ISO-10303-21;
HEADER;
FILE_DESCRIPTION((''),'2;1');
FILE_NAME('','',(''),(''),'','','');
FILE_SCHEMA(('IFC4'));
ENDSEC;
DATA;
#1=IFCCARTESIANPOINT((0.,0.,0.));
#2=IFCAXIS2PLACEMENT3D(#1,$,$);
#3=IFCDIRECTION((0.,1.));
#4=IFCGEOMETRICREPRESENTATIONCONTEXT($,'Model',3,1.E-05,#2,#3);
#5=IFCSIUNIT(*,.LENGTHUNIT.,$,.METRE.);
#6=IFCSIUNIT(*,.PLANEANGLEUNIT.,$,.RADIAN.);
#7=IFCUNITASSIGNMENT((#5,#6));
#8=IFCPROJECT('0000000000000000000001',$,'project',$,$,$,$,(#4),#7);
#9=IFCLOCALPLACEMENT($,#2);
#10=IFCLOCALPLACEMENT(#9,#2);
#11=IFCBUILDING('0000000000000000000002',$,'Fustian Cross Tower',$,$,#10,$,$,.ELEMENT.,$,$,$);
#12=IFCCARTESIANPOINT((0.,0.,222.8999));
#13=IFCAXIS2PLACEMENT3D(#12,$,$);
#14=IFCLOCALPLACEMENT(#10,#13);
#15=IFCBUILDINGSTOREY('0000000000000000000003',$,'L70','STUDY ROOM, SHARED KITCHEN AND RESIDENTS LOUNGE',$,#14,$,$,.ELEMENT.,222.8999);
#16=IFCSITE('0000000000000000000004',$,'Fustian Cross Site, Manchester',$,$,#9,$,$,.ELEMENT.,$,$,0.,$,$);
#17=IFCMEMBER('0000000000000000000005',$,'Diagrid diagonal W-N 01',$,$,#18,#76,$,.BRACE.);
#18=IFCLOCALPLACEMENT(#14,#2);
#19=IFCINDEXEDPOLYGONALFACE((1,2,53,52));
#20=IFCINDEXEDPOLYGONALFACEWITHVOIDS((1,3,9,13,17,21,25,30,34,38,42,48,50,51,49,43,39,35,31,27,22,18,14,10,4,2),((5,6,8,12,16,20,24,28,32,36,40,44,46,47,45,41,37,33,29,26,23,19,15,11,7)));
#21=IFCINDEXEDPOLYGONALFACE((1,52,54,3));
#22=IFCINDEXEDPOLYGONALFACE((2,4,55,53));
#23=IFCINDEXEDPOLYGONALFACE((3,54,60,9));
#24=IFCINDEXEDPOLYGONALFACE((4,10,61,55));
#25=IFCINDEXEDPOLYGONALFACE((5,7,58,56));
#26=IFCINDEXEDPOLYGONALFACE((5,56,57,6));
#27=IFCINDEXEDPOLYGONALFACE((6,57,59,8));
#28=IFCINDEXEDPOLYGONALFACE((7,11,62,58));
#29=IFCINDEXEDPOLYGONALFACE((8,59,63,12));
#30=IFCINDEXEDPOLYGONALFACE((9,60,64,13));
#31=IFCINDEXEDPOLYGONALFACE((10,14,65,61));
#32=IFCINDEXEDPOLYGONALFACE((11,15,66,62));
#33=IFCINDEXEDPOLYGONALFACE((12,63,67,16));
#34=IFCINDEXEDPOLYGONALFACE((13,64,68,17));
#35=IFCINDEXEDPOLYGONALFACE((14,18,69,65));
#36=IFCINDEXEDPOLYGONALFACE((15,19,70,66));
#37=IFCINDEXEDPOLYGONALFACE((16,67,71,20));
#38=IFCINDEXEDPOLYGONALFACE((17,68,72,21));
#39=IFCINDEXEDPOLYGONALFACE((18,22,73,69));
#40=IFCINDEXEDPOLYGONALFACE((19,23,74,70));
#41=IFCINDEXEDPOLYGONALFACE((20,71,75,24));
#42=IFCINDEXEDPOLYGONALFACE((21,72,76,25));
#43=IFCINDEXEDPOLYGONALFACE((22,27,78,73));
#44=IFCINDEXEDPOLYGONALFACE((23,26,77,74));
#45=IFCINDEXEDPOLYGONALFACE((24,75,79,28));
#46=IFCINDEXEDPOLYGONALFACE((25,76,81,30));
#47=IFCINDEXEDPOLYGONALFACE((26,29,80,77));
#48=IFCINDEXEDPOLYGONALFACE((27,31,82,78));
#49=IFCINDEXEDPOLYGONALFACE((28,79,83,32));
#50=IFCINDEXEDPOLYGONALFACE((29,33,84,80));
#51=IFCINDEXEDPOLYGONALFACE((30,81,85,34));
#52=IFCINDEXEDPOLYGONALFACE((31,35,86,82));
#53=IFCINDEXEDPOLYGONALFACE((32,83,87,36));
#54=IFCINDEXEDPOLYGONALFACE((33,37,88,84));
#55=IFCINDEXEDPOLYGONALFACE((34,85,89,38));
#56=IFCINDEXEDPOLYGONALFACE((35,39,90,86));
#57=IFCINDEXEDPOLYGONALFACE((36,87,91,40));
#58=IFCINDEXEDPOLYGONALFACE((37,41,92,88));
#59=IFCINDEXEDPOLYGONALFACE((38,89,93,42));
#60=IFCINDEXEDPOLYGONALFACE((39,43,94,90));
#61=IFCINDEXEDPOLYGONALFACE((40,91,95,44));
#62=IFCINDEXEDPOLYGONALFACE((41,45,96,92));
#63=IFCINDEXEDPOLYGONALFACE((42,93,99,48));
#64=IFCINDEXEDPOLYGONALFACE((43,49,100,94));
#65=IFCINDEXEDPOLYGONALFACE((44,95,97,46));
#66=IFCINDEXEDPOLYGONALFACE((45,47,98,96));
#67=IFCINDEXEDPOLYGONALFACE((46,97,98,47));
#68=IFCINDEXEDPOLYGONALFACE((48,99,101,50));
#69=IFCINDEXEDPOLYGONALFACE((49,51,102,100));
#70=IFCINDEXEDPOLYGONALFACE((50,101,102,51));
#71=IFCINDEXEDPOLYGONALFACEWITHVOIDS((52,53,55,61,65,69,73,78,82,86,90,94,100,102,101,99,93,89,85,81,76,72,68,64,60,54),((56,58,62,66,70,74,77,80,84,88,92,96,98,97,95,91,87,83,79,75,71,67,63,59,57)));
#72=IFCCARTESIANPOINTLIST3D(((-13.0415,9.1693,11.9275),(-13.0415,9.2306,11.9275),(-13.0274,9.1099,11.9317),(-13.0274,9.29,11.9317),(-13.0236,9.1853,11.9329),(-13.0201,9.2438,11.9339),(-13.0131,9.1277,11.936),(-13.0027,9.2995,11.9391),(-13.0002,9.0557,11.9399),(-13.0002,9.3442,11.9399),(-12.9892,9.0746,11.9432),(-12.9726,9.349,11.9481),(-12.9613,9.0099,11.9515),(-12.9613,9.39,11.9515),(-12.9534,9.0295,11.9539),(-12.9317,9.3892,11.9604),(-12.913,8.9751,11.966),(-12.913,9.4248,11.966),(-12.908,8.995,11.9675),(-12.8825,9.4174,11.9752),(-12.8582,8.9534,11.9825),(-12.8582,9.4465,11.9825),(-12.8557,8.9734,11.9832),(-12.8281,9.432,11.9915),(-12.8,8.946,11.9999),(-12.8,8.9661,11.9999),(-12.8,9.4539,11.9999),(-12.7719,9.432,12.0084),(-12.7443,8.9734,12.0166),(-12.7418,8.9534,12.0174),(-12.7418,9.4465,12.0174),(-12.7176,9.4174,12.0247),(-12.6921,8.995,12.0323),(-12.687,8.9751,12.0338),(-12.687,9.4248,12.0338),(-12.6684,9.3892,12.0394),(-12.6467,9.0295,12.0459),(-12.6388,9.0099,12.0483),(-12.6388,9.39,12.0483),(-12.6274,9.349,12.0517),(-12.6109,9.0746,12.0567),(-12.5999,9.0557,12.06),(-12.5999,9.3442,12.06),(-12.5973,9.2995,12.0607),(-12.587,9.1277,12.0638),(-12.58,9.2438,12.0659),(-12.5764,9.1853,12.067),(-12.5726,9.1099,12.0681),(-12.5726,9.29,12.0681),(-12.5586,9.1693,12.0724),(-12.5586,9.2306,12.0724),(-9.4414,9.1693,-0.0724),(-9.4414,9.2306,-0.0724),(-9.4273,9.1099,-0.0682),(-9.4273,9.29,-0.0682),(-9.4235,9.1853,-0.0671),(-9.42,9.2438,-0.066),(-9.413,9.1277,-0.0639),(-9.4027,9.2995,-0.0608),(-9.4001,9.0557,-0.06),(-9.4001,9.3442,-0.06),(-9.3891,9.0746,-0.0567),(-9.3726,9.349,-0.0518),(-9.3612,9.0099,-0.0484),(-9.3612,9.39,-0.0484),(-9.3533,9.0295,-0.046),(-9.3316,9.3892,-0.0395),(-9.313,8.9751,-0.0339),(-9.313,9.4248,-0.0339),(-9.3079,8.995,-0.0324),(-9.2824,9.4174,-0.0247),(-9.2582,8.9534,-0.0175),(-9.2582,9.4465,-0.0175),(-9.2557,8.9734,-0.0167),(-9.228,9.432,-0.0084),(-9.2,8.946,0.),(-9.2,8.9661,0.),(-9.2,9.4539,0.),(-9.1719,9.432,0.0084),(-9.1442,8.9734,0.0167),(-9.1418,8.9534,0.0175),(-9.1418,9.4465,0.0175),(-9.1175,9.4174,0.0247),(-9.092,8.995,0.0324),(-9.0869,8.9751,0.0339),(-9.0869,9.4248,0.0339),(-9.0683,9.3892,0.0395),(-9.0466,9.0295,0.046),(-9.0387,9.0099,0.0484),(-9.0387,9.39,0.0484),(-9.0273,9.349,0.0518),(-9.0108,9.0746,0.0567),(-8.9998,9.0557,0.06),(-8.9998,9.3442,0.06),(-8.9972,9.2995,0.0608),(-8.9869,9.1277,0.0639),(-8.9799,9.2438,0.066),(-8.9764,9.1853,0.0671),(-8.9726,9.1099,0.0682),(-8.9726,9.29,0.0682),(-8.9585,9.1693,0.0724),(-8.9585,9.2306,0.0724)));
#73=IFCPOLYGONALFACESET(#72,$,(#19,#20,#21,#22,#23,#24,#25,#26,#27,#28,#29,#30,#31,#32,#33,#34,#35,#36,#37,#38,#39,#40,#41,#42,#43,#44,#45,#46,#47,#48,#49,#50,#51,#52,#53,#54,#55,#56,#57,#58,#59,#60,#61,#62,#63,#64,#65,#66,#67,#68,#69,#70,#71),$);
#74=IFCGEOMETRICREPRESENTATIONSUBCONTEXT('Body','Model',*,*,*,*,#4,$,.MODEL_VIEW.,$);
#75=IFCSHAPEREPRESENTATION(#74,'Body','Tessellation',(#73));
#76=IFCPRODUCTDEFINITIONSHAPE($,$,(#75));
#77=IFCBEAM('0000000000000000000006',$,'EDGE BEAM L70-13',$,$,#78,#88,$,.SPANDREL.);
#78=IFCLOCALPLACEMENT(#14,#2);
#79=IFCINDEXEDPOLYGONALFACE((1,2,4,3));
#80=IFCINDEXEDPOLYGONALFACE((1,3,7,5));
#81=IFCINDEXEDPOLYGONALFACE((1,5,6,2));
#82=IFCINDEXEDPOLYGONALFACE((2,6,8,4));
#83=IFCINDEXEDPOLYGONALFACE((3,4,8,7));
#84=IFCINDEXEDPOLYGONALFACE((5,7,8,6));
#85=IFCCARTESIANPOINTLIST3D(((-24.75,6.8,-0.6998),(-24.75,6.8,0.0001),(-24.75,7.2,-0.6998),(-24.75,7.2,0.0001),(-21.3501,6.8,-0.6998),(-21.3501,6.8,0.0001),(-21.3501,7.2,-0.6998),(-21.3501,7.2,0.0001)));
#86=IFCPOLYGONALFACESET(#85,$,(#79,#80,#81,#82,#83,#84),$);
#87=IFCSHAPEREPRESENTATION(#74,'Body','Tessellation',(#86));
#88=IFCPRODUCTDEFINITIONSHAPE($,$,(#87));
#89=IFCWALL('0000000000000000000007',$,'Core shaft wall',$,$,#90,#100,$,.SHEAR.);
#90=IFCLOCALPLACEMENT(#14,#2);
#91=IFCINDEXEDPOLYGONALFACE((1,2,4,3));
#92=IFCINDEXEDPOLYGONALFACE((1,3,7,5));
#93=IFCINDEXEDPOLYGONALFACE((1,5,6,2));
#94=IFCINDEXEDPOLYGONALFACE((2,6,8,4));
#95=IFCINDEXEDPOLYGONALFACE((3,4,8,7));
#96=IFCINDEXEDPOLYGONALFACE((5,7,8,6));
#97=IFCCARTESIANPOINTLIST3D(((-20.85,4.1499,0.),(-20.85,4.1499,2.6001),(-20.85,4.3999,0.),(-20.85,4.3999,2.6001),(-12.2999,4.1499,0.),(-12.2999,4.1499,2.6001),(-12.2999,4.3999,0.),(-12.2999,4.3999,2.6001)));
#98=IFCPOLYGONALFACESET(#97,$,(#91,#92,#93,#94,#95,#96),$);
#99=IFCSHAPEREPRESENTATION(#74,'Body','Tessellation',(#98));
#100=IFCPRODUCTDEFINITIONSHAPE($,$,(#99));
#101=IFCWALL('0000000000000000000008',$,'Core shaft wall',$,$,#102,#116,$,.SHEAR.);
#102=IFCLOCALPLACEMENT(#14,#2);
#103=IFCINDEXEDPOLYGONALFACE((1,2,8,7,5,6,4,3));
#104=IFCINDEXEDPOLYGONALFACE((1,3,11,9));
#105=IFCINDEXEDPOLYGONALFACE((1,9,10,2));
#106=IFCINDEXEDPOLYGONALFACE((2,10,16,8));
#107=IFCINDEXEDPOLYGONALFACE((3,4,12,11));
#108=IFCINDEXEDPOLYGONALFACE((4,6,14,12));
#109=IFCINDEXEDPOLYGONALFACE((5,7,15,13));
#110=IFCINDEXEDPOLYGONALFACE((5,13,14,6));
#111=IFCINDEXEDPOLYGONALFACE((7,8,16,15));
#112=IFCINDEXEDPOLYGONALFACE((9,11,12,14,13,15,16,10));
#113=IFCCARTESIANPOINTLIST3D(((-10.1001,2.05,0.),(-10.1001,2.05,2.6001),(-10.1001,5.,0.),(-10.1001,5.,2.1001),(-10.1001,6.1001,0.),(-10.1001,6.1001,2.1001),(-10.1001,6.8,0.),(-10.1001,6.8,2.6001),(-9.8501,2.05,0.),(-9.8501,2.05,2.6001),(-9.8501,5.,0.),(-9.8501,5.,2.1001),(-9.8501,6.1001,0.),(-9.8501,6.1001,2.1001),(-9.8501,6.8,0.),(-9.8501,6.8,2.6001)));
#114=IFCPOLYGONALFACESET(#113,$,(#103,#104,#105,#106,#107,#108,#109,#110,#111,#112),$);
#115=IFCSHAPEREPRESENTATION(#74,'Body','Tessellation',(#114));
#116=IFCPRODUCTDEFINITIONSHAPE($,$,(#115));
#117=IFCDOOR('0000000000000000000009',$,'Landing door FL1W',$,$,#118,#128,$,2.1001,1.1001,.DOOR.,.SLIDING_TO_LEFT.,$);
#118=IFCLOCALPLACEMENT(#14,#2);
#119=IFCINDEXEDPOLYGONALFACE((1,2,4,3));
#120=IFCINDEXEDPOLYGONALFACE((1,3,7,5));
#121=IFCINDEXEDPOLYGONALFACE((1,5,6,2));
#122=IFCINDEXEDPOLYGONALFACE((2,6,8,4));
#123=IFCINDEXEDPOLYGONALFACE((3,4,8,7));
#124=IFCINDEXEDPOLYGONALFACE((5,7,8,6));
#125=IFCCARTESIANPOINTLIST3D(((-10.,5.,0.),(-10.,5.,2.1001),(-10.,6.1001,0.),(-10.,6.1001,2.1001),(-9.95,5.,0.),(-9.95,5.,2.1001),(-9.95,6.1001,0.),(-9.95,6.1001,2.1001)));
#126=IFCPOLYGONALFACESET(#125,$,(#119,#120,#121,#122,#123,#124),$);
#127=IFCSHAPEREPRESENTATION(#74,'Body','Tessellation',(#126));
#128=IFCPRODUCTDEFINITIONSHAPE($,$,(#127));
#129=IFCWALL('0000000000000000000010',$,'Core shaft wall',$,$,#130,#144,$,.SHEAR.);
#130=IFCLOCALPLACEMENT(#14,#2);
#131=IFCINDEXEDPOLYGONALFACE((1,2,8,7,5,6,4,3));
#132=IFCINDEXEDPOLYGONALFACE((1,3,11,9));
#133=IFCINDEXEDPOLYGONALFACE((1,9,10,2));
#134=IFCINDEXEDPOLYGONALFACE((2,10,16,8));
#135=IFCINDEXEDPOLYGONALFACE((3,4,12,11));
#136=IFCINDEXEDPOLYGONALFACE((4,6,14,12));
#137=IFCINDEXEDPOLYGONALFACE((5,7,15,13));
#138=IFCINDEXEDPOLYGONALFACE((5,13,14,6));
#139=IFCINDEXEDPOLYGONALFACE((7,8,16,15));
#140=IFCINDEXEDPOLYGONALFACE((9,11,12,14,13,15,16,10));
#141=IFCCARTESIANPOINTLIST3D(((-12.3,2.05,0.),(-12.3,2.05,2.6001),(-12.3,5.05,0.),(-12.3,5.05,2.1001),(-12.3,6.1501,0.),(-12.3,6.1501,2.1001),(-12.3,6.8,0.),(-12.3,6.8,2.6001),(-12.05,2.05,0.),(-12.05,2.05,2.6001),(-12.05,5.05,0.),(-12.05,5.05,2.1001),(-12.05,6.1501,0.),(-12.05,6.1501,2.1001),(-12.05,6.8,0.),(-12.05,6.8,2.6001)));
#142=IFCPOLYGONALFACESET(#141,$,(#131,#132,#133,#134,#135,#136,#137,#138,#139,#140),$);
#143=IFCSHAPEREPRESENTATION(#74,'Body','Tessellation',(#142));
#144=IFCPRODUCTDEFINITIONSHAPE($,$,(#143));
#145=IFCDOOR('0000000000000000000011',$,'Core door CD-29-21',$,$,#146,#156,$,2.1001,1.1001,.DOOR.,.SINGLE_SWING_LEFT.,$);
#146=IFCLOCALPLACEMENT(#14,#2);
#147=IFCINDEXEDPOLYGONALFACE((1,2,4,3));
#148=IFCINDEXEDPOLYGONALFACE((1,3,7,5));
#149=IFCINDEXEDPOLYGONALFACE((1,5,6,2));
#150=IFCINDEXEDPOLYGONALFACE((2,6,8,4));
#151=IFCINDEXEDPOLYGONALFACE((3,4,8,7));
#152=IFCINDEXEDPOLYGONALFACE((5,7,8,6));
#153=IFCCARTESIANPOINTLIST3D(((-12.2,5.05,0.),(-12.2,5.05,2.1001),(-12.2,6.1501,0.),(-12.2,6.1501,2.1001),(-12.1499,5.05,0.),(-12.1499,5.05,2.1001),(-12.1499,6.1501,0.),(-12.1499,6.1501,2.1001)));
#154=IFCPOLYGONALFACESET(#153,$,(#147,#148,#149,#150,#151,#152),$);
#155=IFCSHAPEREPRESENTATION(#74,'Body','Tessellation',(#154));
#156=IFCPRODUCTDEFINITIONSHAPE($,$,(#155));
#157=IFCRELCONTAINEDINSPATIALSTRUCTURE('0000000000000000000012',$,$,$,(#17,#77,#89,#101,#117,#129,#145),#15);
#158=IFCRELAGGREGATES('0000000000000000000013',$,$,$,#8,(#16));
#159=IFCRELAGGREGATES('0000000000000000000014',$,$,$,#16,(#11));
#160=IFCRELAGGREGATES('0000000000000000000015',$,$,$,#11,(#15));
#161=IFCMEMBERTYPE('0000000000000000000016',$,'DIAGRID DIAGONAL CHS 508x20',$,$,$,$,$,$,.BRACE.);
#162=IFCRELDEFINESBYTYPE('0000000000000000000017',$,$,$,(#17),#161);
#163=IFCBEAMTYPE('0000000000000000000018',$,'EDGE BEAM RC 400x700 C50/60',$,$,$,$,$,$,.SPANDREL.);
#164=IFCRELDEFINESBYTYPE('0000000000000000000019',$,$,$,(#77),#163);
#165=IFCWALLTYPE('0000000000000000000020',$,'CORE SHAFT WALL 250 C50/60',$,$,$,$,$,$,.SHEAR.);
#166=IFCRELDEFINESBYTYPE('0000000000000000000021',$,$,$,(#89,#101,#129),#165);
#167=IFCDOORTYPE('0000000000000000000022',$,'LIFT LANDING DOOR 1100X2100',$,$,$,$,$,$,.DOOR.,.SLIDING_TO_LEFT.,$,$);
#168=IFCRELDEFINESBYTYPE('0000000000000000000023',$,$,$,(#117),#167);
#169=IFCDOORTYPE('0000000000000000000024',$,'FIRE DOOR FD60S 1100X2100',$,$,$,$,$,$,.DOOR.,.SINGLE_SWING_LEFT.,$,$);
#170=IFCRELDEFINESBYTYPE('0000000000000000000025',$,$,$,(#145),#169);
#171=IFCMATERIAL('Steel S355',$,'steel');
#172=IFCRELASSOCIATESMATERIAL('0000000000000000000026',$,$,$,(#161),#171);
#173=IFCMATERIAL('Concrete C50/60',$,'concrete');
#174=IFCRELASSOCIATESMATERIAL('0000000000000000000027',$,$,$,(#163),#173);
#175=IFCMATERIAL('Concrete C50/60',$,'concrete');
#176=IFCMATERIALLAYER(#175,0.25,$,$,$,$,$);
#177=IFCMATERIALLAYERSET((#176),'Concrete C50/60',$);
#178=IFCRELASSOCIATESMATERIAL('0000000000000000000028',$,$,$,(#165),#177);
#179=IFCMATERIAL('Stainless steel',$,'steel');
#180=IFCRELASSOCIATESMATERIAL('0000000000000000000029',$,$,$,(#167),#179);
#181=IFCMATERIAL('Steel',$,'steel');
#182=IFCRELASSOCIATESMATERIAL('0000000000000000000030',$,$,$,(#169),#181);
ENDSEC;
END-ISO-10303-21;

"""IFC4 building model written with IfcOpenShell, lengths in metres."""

from ifc_helpers import new_model, si_unit, direction, frame, frame_2d, origin, origin_2d, place, context, subcontext, project, spatial, rectangle, hollow_circle, extrude, material, layer, layer_set, material_profile, profile_set, type_object, element, fill, save


model = new_model("IFC4")

# Units and contexts
model_context = context("Model", 3, precision=1e-05, world=origin(), true_north=direction((0.0, 1.0)))
body_context = subcontext(model_context, "Body", "Model", "MODEL_VIEW")
ifc_project = project(units=[si_unit("LENGTHUNIT", "METRE"), si_unit("PLANEANGLEUNIT", "RADIAN")], contexts=[model_context])

# Site, building, storey
site_placement = place(None, origin())
site = spatial("IfcSite", under=ifc_project, at=site_placement, Name="Fustian Cross Site, Manchester", CompositionType="ELEMENT", RefElevation=0.0)
building_placement = place(site_placement, origin())
building = spatial("IfcBuilding", under=site, at=building_placement, Name="Fustian Cross Tower", CompositionType="ELEMENT")
storey_placement = place(building_placement, frame((0.0, 0.0, 222.8999)))
storey = spatial("IfcBuildingStorey", under=building, at=storey_placement, Name="L70", Description="STUDY ROOM, SHARED KITCHEN AND RESIDENTS LOUNGE", CompositionType="ELEMENT", Elevation=222.8999)

# Member
ifc_material_1 = material(Name="Steel S355", Category="steel")
ifc_material_profile_1 = material_profile(ifc_material_1, hollow_circle(Radius=0.2539, WallThickness=0.02, at=origin_2d()), Name="CHS 508x20")
ifc_profile_set_1 = profile_set([ifc_material_profile_1], Name="Steel S355")
member_type_1 = type_object("IfcMemberType", Name="DIAGRID DIAGONAL CHS 508x20", PredefinedType="BRACE", material=ifc_profile_set_1)
for number, where, z_axis, x_axis, name in (
    (1, (-9.2, 9.2, 0.0), (-0.287355, 0.0, 0.957824), (0.0, -1.0, 0.0), "Diagrid diagonal W-N 01"),
):
    element("IfcMember", number, at=place(storey_placement, frame(where, z_axis=z_axis, x_axis=x_axis)), inside=storey, type_object=member_type_1, Name=name, PredefinedType="BRACE", context=body_context, shape_type="SweptSolid", body=[
        extrude(hollow_circle(Radius=0.2539, WallThickness=0.02, at=origin_2d()), origin(), (0.0, 0.0, 1.0), 12.5283),
    ])

# Beam
ifc_material_2 = material(Name="Concrete C50/60", Category="concrete")
ifc_material_profile_2 = material_profile(ifc_material_2, rectangle(XDim=0.3999, YDim=0.7, at=origin_2d()), Name="RC 400x700")
ifc_profile_set_2 = profile_set([ifc_material_profile_2], Name="Concrete C50/60")
beam_type = type_object("IfcBeamType", Name="EDGE BEAM RC 400x700 C50/60", PredefinedType="SPANDREL", material=ifc_profile_set_2)
beam_placement = place(storey_placement, frame((-21.3501, 7.0, -0.3499), z_axis=(-1.0, 0.0, 0.0), x_axis=(0.0, -1.0, 0.0)))
element("IfcBeam", 2, at=beam_placement, inside=storey, type_object=beam_type, Name="EDGE BEAM L70-13", PredefinedType="SPANDREL", context=body_context, shape_type="SweptSolid", body=[
    extrude(rectangle(XDim=0.3999, YDim=0.7, at=origin_2d()), origin(), (0.0, 0.0, 1.0), 3.3999),
])

# Wall
ifc_material_3 = material(Name="Concrete C50/60", Category="concrete")
ifc_layer_1 = layer(ifc_material_3, 0.25)
ifc_layer_set_1 = layer_set([ifc_layer_1], Name="Concrete C50/60")
wall_type_1 = type_object("IfcWallType", Name="CORE SHAFT WALL 250 C50/60", PredefinedType="SHEAR", material=ifc_layer_set_1)
wall_1_placement = place(storey_placement, frame((-12.3, 4.2749, 0.0), z_axis=(0.0, 0.0, 1.0), x_axis=(-1.0, 0.0, 0.0)))
element("IfcWall", 3, at=wall_1_placement, inside=storey, type_object=wall_type_1, Name="Core shaft wall", PredefinedType="SHEAR", context=body_context, shape_type="SweptSolid", body=[
    extrude(rectangle(XDim=8.55, YDim=0.25, at=frame_2d((4.2749, 0.0))), origin(), (0.0, 0.0, 1.0), 2.6001),
])

# Walls, openings, doors
wall_2_placement = place(storey_placement, frame((-9.9751, 2.05, 0.0), z_axis=(0.0, 0.0, 1.0), x_axis=(0.0, 1.0, 0.0)))
wall_2 = element("IfcWall", 4, at=wall_2_placement, inside=storey, type_object=wall_type_1, Name="Core shaft wall", PredefinedType="SHEAR", context=body_context, shape_type="SweptSolid", body=[
    extrude(rectangle(XDim=4.75, YDim=0.25, at=frame_2d((2.375, 0.0))), origin(), (0.0, 0.0, 1.0), 2.6001),
])
opening_1_placement = place(wall_2_placement, frame((2.95, 0.0, 0.0)))
opening_1 = element("IfcOpeningElement", 5, at=opening_1_placement, cuts=wall_2, PredefinedType="OPENING", context=body_context, shape_type="SweptSolid", body=[
    extrude(rectangle(XDim=1.1001, YDim=2.1001, at=frame_2d((0.55, 1.05))), frame((0.0, 0.135, 0.0), z_axis=(0.0, -1.0, 0.0), x_axis=(1.0, 0.0, 0.0)), (0.0, 0.0, 1.0), 0.27),
])
ifc_material_4 = material(Name="Stainless steel", Category="steel")
door_type_1 = type_object("IfcDoorType", Name="LIFT LANDING DOOR 1100X2100", OperationType="SLIDING_TO_LEFT", PredefinedType="DOOR", material=ifc_material_4)
door_1_placement = place(opening_1_placement, origin())
door_1 = element("IfcDoor", 6, at=door_1_placement, inside=storey, type_object=door_type_1, Name="Landing door FL1W", OperationType="SLIDING_TO_LEFT", OverallHeight=2.1001, OverallWidth=1.1001, PredefinedType="DOOR", context=body_context, shape_type="SweptSolid", body=[
    extrude(rectangle(XDim=1.1001, YDim=2.1001, at=frame_2d((0.55, 1.05))), frame((0.0, 0.0249, 0.0), z_axis=(0.0, -1.0, 0.0), x_axis=(1.0, 0.0, 0.0)), (0.0, 0.0, 1.0), 0.05),
])
fill(opening_1, door_1)
wall_3_placement = place(storey_placement, frame((-12.175, 2.05, 0.0), z_axis=(0.0, 0.0, 1.0), x_axis=(0.0, 1.0, 0.0)))
wall_3 = element("IfcWall", 7, at=wall_3_placement, inside=storey, type_object=wall_type_1, Name="Core shaft wall", PredefinedType="SHEAR", context=body_context, shape_type="SweptSolid", body=[
    extrude(rectangle(XDim=4.75, YDim=0.25, at=frame_2d((2.375, 0.0))), origin(), (0.0, 0.0, 1.0), 2.6001),
])
opening_2_placement = place(wall_3_placement, frame((3.0, 0.0, 0.0)))
opening_2 = element("IfcOpeningElement", 8, at=opening_2_placement, cuts=wall_3, PredefinedType="OPENING", context=body_context, shape_type="SweptSolid", body=[
    extrude(rectangle(XDim=1.1001, YDim=2.1001, at=frame_2d((0.55, 1.05))), frame((0.0, 0.135, 0.0), z_axis=(0.0, -1.0, 0.0), x_axis=(1.0, 0.0, 0.0)), (0.0, 0.0, 1.0), 0.27),
])
ifc_material_5 = material(Name="Steel", Category="steel")
door_type_2 = type_object("IfcDoorType", Name="FIRE DOOR FD60S 1100X2100", OperationType="SINGLE_SWING_LEFT", PredefinedType="DOOR", material=ifc_material_5)
door_2_placement = place(opening_2_placement, origin())
door_2 = element("IfcDoor", 9, at=door_2_placement, inside=storey, type_object=door_type_2, Name="Core door CD-29-21", OperationType="SINGLE_SWING_LEFT", OverallHeight=2.1001, OverallWidth=1.1001, PredefinedType="DOOR", context=body_context, shape_type="SweptSolid", body=[
    extrude(rectangle(XDim=1.1001, YDim=2.1001, at=frame_2d((0.55, 1.05))), frame((0.0, 0.0249, 0.0), z_axis=(0.0, -1.0, 0.0), x_axis=(1.0, 0.0, 0.0)), (0.0, 0.0, 1.0), 0.05),
])
fill(opening_2, door_2)

save(model, "model.ifc")
